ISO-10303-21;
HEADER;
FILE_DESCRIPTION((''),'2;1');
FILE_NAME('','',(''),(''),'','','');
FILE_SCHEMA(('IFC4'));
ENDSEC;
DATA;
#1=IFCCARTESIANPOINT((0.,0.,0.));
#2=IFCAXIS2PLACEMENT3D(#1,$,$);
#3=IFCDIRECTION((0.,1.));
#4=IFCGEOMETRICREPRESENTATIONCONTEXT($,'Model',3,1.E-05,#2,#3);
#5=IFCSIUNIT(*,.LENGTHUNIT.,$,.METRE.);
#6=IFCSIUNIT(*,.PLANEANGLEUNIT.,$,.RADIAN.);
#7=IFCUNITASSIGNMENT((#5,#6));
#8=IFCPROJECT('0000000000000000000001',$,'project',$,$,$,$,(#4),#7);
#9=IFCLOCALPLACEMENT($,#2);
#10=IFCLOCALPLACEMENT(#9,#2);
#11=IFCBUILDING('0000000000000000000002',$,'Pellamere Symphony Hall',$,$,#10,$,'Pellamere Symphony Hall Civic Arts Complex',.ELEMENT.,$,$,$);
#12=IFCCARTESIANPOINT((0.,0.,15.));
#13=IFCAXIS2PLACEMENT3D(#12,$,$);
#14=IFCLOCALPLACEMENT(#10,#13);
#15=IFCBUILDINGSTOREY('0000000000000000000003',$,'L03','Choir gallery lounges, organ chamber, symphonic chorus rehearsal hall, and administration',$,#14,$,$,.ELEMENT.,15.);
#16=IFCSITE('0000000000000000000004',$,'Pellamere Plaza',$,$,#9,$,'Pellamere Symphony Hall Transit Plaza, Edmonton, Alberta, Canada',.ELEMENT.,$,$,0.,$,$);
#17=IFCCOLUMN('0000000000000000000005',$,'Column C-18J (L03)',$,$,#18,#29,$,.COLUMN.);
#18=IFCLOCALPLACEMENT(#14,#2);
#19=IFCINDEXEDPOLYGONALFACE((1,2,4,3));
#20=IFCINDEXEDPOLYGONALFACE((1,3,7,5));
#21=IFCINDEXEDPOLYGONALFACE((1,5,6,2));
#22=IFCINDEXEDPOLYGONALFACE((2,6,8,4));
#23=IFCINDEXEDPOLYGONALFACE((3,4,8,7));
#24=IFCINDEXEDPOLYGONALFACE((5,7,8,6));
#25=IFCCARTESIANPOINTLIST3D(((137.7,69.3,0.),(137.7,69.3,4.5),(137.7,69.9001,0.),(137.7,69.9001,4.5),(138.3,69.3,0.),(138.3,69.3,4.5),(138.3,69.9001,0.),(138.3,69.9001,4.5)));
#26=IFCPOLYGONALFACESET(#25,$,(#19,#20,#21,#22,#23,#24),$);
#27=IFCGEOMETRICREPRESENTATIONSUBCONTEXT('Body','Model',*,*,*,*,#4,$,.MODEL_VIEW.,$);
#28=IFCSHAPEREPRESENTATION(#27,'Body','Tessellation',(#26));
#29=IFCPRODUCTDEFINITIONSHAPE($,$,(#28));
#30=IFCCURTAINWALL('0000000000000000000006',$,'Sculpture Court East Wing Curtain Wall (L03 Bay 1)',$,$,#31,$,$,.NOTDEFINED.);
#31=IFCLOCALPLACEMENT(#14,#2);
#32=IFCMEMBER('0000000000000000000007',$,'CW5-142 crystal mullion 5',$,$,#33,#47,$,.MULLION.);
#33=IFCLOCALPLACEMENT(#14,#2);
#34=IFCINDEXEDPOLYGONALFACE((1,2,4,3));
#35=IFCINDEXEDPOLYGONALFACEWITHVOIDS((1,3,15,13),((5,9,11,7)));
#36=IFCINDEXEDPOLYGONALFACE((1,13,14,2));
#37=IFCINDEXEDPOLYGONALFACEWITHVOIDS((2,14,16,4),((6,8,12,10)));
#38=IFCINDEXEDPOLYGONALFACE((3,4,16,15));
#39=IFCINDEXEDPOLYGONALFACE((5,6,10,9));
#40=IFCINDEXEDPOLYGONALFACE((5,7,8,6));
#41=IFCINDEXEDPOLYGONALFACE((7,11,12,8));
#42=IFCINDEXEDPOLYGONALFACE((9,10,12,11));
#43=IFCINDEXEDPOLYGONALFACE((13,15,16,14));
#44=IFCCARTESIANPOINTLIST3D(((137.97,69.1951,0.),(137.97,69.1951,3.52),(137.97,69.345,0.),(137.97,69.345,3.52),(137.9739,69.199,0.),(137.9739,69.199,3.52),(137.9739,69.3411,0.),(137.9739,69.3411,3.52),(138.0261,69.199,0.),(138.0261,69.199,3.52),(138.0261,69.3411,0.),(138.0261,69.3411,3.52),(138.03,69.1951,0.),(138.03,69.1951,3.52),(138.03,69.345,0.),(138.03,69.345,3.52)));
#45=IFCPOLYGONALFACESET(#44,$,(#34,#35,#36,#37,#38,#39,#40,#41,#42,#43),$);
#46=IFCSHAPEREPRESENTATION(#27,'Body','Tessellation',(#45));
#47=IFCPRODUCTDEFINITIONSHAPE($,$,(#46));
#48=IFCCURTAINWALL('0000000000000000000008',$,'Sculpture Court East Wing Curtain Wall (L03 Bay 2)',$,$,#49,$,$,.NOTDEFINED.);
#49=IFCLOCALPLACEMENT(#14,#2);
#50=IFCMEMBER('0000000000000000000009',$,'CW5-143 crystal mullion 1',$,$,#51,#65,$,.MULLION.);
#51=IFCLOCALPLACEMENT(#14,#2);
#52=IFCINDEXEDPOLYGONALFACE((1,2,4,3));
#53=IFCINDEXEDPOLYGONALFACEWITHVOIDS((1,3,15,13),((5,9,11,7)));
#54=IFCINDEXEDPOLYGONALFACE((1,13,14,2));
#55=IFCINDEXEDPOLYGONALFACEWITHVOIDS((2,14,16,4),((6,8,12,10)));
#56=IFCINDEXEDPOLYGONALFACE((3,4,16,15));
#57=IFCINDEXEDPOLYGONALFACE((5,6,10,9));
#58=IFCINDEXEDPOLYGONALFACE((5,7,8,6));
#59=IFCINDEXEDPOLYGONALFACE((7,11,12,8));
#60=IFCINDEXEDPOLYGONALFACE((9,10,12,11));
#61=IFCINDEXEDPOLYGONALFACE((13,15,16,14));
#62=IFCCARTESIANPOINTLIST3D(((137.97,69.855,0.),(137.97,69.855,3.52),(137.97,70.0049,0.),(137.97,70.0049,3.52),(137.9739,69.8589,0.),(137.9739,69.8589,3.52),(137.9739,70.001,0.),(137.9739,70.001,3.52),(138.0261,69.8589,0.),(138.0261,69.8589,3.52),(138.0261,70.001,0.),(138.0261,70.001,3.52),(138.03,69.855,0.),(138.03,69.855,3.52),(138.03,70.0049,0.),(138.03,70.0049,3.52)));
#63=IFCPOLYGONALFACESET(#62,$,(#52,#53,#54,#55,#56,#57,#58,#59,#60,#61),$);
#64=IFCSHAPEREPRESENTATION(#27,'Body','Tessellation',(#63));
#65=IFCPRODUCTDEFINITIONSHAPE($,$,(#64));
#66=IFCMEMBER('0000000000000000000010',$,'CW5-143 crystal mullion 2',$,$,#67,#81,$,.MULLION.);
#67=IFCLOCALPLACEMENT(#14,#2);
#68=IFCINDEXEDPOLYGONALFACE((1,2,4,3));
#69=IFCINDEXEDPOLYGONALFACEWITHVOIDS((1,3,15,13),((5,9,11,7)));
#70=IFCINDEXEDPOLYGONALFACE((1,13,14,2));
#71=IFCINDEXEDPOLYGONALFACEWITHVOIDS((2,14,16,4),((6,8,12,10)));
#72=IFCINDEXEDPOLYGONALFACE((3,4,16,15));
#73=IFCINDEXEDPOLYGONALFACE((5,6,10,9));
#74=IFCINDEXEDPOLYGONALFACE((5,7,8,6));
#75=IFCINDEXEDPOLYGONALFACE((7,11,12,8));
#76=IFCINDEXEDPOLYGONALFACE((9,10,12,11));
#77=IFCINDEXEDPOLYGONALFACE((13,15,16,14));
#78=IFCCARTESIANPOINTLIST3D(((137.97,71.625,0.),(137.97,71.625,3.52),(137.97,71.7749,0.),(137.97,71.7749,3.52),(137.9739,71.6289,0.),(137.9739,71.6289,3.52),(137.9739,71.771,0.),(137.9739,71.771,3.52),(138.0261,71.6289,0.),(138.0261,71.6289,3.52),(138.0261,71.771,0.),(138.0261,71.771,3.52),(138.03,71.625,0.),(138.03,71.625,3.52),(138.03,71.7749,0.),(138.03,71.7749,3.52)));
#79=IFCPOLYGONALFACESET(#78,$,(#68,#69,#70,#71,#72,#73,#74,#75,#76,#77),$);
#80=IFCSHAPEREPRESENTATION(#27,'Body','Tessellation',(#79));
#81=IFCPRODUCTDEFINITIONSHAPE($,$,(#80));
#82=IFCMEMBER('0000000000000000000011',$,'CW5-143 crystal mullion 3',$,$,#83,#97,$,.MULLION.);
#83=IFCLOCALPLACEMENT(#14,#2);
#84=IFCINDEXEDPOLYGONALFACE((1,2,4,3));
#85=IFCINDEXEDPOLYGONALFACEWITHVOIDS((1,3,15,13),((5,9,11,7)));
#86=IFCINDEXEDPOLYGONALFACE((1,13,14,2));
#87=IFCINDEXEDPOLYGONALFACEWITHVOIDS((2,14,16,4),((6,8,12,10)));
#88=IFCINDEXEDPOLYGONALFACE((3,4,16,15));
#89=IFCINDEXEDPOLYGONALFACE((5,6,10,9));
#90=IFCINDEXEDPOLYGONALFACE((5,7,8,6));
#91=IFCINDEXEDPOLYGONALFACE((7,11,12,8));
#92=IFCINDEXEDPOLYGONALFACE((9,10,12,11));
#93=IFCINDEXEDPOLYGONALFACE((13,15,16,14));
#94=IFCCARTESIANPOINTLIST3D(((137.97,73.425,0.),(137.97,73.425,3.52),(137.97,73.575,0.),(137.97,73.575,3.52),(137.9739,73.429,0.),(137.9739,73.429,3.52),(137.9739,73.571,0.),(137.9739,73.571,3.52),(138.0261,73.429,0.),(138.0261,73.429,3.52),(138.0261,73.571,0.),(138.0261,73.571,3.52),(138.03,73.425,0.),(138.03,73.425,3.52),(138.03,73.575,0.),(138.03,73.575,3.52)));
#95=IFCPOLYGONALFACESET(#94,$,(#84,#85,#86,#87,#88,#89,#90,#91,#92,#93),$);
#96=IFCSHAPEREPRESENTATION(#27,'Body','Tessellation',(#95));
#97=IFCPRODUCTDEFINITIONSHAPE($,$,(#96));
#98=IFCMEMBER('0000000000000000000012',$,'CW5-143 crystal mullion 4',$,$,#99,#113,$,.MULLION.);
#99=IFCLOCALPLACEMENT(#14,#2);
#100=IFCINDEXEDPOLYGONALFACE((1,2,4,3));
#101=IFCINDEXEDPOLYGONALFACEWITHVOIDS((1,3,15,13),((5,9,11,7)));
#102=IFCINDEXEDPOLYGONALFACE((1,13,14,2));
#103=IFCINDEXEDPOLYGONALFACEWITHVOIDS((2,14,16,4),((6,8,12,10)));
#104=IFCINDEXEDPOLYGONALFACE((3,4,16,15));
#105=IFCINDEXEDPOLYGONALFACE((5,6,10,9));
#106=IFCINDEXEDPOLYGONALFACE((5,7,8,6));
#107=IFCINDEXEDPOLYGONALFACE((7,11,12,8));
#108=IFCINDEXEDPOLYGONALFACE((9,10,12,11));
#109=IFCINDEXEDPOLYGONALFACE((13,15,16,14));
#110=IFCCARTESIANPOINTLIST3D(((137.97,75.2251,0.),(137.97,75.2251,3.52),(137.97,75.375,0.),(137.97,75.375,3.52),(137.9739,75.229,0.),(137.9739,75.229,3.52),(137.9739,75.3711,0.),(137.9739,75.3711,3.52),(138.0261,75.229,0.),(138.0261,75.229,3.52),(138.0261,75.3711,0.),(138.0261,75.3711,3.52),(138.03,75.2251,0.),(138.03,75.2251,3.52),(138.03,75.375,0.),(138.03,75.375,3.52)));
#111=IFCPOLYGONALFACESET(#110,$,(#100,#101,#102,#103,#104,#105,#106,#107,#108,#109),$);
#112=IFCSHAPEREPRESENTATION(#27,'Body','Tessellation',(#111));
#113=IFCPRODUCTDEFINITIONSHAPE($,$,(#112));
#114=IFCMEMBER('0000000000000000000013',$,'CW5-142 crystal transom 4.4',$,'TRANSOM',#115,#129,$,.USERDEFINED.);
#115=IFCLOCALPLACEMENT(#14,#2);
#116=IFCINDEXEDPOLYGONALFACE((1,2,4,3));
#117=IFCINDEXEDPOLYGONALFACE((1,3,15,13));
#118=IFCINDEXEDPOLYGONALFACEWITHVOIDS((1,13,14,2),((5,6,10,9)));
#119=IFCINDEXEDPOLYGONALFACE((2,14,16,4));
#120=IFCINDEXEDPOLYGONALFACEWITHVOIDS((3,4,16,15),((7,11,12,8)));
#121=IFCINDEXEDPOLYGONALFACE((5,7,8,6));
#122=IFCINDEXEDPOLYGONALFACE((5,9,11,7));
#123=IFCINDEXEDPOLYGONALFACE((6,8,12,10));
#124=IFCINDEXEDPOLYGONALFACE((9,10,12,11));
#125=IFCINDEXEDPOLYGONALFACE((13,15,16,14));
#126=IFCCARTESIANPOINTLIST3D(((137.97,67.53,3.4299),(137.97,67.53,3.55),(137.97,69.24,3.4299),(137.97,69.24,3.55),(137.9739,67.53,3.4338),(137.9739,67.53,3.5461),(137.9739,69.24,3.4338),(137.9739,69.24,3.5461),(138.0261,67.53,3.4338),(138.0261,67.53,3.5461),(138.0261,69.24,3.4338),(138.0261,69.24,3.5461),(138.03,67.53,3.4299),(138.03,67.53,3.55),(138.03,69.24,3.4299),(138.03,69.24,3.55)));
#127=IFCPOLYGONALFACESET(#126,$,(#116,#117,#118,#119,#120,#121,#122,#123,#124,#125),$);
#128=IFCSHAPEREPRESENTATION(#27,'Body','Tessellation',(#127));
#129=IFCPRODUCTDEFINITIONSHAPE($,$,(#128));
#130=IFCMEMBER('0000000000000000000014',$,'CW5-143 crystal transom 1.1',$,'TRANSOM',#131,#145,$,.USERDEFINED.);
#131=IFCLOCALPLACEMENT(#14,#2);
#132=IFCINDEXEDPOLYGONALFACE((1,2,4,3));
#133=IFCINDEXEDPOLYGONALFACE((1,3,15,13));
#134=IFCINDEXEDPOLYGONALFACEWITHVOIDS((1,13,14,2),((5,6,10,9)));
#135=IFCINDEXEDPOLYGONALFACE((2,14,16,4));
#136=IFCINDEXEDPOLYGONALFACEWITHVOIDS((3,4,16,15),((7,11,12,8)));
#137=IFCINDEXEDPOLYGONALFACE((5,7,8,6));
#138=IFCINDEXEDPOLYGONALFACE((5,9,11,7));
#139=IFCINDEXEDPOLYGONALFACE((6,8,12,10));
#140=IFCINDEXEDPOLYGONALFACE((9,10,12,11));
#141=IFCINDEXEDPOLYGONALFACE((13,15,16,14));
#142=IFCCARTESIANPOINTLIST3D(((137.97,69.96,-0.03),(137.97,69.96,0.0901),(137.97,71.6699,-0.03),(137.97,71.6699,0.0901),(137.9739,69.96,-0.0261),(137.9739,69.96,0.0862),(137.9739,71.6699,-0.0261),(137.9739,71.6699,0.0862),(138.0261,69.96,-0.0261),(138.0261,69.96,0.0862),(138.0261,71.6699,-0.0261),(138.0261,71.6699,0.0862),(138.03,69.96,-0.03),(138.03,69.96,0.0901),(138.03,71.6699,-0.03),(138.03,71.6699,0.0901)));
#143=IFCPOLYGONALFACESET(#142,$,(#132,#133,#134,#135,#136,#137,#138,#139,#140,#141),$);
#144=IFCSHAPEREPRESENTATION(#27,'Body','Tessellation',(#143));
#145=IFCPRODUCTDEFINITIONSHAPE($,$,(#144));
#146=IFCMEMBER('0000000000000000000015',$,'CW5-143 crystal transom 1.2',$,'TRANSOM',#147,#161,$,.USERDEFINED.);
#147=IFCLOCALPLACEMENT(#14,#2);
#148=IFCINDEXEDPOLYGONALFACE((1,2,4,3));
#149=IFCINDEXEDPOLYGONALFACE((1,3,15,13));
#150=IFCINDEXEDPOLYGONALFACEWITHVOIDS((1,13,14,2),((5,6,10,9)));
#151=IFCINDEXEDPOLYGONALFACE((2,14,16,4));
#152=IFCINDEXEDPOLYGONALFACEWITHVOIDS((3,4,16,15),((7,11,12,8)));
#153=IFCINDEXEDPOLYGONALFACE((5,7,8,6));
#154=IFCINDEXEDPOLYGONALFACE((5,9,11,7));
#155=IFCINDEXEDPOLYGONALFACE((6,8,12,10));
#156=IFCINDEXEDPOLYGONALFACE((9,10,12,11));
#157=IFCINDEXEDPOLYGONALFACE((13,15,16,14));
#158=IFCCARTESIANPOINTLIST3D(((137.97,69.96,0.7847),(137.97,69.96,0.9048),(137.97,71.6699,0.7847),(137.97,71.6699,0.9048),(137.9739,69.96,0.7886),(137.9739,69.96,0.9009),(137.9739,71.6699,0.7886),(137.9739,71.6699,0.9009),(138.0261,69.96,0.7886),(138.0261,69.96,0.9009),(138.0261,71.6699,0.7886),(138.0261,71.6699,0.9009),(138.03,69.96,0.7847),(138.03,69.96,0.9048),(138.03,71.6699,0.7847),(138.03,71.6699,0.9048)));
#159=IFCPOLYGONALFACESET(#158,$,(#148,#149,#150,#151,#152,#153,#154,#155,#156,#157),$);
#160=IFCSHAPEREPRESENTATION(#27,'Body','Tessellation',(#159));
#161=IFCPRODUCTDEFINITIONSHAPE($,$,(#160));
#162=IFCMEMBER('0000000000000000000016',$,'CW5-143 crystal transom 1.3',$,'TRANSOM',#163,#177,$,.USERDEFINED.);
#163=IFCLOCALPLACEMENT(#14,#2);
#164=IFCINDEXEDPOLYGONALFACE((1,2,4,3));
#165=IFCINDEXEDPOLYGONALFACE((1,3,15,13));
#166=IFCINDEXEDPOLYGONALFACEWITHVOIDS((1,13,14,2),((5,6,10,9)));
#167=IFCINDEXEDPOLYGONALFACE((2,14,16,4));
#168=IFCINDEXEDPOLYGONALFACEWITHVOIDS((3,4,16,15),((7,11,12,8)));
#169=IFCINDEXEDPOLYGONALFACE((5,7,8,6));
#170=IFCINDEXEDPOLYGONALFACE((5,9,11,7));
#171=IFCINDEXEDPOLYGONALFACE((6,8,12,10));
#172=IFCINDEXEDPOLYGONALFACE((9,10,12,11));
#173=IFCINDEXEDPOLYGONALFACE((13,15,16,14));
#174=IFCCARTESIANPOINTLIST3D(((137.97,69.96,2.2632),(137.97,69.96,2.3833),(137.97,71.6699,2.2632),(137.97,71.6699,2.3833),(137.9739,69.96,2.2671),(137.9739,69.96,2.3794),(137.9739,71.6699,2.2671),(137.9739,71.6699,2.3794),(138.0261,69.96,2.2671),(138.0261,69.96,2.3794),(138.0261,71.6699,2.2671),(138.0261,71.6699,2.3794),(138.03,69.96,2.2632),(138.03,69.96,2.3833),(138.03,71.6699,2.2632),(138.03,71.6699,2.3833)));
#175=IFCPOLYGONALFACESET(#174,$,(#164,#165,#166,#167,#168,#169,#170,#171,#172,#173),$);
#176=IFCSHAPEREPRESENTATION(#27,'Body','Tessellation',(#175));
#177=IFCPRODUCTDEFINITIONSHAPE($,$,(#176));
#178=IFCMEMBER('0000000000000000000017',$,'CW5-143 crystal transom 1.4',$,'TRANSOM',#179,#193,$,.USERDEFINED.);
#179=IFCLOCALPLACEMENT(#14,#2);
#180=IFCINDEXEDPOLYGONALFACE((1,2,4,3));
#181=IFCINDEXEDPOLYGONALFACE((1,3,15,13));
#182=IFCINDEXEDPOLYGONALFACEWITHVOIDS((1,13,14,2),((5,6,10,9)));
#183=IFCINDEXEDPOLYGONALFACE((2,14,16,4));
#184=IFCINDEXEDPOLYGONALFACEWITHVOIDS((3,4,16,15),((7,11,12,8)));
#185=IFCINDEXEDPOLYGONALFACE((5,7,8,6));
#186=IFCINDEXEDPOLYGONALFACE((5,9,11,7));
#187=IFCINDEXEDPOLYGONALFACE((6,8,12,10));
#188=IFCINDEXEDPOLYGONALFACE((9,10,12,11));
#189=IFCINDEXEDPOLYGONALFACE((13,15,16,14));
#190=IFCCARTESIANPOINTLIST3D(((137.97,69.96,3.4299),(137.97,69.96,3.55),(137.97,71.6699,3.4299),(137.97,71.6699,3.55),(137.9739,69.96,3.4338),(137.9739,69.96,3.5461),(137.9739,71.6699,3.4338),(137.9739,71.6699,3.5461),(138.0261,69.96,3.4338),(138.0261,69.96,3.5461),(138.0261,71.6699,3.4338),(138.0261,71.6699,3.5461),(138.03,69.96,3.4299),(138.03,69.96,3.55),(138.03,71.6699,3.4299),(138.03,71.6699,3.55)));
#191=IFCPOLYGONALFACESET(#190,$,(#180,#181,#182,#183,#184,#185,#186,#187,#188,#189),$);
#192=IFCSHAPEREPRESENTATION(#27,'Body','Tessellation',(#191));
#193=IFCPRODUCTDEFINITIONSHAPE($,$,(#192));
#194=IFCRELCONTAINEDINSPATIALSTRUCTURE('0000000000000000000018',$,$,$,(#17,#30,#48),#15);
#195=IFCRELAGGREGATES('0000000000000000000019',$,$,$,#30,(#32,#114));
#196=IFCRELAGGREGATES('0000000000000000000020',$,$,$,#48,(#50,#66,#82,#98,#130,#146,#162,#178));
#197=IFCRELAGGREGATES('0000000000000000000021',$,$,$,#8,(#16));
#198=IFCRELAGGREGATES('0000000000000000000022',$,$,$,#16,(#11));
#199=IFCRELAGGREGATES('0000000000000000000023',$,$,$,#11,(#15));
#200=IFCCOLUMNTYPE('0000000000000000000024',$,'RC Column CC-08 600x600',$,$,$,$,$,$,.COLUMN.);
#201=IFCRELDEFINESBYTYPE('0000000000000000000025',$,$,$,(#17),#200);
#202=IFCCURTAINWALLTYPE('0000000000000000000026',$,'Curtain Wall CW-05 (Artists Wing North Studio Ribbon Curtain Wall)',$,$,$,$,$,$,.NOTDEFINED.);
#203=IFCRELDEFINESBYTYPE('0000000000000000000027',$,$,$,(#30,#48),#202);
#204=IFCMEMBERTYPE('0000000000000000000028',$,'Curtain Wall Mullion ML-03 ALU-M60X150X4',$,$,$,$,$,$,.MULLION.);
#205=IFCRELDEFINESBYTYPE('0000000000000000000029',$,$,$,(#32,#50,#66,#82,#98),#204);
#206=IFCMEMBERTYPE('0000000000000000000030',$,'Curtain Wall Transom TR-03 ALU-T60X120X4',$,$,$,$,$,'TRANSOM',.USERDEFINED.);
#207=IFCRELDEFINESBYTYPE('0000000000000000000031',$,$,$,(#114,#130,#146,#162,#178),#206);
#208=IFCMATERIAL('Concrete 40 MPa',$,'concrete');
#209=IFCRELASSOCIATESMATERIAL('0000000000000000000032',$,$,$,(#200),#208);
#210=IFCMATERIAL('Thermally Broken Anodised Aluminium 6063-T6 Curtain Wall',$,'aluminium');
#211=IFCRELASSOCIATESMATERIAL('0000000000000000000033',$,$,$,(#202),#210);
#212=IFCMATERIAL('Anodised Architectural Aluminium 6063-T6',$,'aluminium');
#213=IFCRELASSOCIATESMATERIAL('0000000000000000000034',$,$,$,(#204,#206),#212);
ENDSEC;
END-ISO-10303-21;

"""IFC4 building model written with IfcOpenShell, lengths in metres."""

from ifc_helpers import new_model, si_unit, direction, frame, origin, origin_2d, place, context, subcontext, project, spatial, rectangle, hollow_rectangle, extrude, material, material_profile, profile_set, type_object, element, aggregate, save


model = new_model("IFC4")

# Units and contexts
model_context = context("Model", 3, precision=1e-05, world=origin(), true_north=direction((0.0, 1.0)))
body_context = subcontext(model_context, "Body", "Model", "MODEL_VIEW")
ifc_project = project(units=[si_unit("LENGTHUNIT", "METRE"), si_unit("PLANEANGLEUNIT", "RADIAN")], contexts=[model_context])

# Site, building, storey
site_placement = place(None, origin())
site = spatial("IfcSite", under=ifc_project, at=site_placement, Name="Pellamere Plaza", LongName="Pellamere Symphony Hall Transit Plaza, Edmonton, Alberta, Canada", CompositionType="ELEMENT", RefElevation=0.0)
building_placement = place(site_placement, origin())
building = spatial("IfcBuilding", under=site, at=building_placement, Name="Pellamere Symphony Hall", LongName="Pellamere Symphony Hall Civic Arts Complex", CompositionType="ELEMENT")
storey_placement = place(building_placement, frame((0.0, 0.0, 15.0)))
storey = spatial("IfcBuildingStorey", under=building, at=storey_placement, Name="L03", Description="Choir gallery lounges, organ chamber, symphonic chorus rehearsal hall, and administration", CompositionType="ELEMENT", Elevation=15.0)

# Column
ifc_material_1 = material(Name="Concrete 40 MPa", Category="concrete")
ifc_material_profile_1 = material_profile(ifc_material_1, rectangle(XDim=0.6001, YDim=0.6001, at=origin_2d()), Name="RC 600x600")
ifc_profile_set_1 = profile_set([ifc_material_profile_1], Name="Concrete 40 MPa")
column_type = type_object("IfcColumnType", Name="RC Column CC-08 600x600", PredefinedType="COLUMN", material=ifc_profile_set_1)
column_placement = place(storey_placement, frame((138.0, 69.6001, 0.0), z_axis=(0.0, 0.0, 1.0), x_axis=(1.0, 0.0, 0.0)))
element("IfcColumn", 1, at=column_placement, inside=storey, type_object=column_type, Name="Column C-18J (L03)", PredefinedType="COLUMN", context=body_context, shape_type="SweptSolid", body=[
    extrude(rectangle(XDim=0.6001, YDim=0.6001, at=origin_2d()), origin(), (0.0, 0.0, 1.0), 4.5),
])

# Curtain wall, member
ifc_material_2 = material(Name="Thermally Broken Anodised Aluminium 6063-T6 Curtain Wall", Category="aluminium")
curtain_wall_type = type_object("IfcCurtainWallType", Name="Curtain Wall CW-05 (Artists Wing North Studio Ribbon Curtain Wall)", PredefinedType="NOTDEFINED", material=ifc_material_2)
curtain_wall_1_placement = place(storey_placement, origin())
curtain_wall_1 = element("IfcCurtainWall", 2, at=curtain_wall_1_placement, inside=storey, type_object=curtain_wall_type, Name="Sculpture Court East Wing Curtain Wall (L03 Bay 1)", PredefinedType="NOTDEFINED")
ifc_material_3 = material(Name="Anodised Architectural Aluminium 6063-T6", Category="aluminium")
ifc_material_profile_2 = material_profile(ifc_material_3, hollow_rectangle(XDim=0.0601, YDim=0.1499, WallThickness=0.0039, at=origin_2d()), Name="ALU-M60X150X4")
ifc_profile_set_2 = profile_set([ifc_material_profile_2], Name="Anodised Architectural Aluminium 6063-T6")
member_type_1 = type_object("IfcMemberType", Name="Curtain Wall Mullion ML-03 ALU-M60X150X4", PredefinedType="MULLION", material=ifc_profile_set_2)
member_1_placement = place(storey_placement, frame((138.0, 69.27, 0.0), z_axis=(0.0, 0.0, 1.0), x_axis=(-1.0, 0.0, 0.0)))
member_1 = element("IfcMember", 3, at=member_1_placement, type_object=member_type_1, Name="CW5-142 crystal mullion 5", PredefinedType="MULLION", context=body_context, shape_type="SweptSolid", body=[
    extrude(hollow_rectangle(XDim=0.0601, YDim=0.1499, WallThickness=0.0039, at=origin_2d()), origin(), (0.0, 0.0, 1.0), 3.52),
])

# Curtain wall, members
curtain_wall_2_placement = place(storey_placement, origin())
curtain_wall_2 = element("IfcCurtainWall", 4, at=curtain_wall_2_placement, inside=storey, type_object=curtain_wall_type, Name="Sculpture Court East Wing Curtain Wall (L03 Bay 2)", PredefinedType="NOTDEFINED")
member_2_placement = place(storey_placement, frame((138.0, 69.9299, 0.0), z_axis=(0.0, 0.0, 1.0), x_axis=(-1.0, 0.0, 0.0)))
member_2 = element("IfcMember", 5, at=member_2_placement, type_object=member_type_1, Name="CW5-143 crystal mullion 1", PredefinedType="MULLION", context=body_context, shape_type="SweptSolid", body=[
    extrude(hollow_rectangle(XDim=0.0601, YDim=0.1499, WallThickness=0.0039, at=origin_2d()), origin(), (0.0, 0.0, 1.0), 3.52),
])
member_3_placement = place(storey_placement, frame((138.0, 71.7, 0.0), z_axis=(0.0, 0.0, 1.0), x_axis=(-1.0, 0.0, 0.0)))
member_3 = element("IfcMember", 6, at=member_3_placement, type_object=member_type_1, Name="CW5-143 crystal mullion 2", PredefinedType="MULLION", context=body_context, shape_type="SweptSolid", body=[
    extrude(hollow_rectangle(XDim=0.0601, YDim=0.1499, WallThickness=0.0039, at=origin_2d()), origin(), (0.0, 0.0, 1.0), 3.52),
])
member_4_placement = place(storey_placement, frame((138.0, 73.5, 0.0), z_axis=(0.0, 0.0, 1.0), x_axis=(-1.0, 0.0, 0.0)))
member_4 = element("IfcMember", 7, at=member_4_placement, type_object=member_type_1, Name="CW5-143 crystal mullion 3", PredefinedType="MULLION", context=body_context, shape_type="SweptSolid", body=[
    extrude(hollow_rectangle(XDim=0.0601, YDim=0.1499, WallThickness=0.0039, at=origin_2d()), origin(), (0.0, 0.0, 1.0), 3.52),
])
member_5_placement = place(storey_placement, frame((138.0, 75.3, 0.0), z_axis=(0.0, 0.0, 1.0), x_axis=(-1.0, 0.0, 0.0)))
member_5 = element("IfcMember", 8, at=member_5_placement, type_object=member_type_1, Name="CW5-143 crystal mullion 4", PredefinedType="MULLION", context=body_context, shape_type="SweptSolid", body=[
    extrude(hollow_rectangle(XDim=0.0601, YDim=0.1499, WallThickness=0.0039, at=origin_2d()), origin(), (0.0, 0.0, 1.0), 3.52),
])

# Members
ifc_material_profile_3 = material_profile(ifc_material_3, hollow_rectangle(XDim=0.0601, YDim=0.1201, WallThickness=0.0039, at=origin_2d()), Name="ALU-T60X120X4")
ifc_profile_set_3 = profile_set([ifc_material_profile_3], Name="Anodised Architectural Aluminium 6063-T6")
member_type_2 = type_object("IfcMemberType", Name="Curtain Wall Transom TR-03 ALU-T60X120X4", ElementType="TRANSOM", PredefinedType="USERDEFINED", material=ifc_profile_set_3)
member_6_placement = place(storey_placement, frame((138.0, 67.53, 3.49), z_axis=(0.0, 1.0, 0.0), x_axis=(-1.0, 0.0, 0.0)))
member_6 = element("IfcMember", 9, at=member_6_placement, type_object=member_type_2, Name="CW5-142 crystal transom 4.4", ObjectType="TRANSOM", PredefinedType="USERDEFINED", context=body_context, shape_type="SweptSolid", body=[
    extrude(hollow_rectangle(XDim=0.0601, YDim=0.1201, WallThickness=0.0039, at=origin_2d()), origin(), (0.0, 0.0, 1.0), 1.71),
])
member_7_placement = place(storey_placement, frame((138.0, 69.96, 0.03), z_axis=(0.0, 1.0, 0.0), x_axis=(-1.0, 0.0, 0.0)))
member_7 = element("IfcMember", 10, at=member_7_placement, type_object=member_type_2, Name="CW5-143 crystal transom 1.1", ObjectType="TRANSOM", PredefinedType="USERDEFINED", context=body_context, shape_type="SweptSolid", body=[
    extrude(hollow_rectangle(XDim=0.0601, YDim=0.1201, WallThickness=0.0039, at=origin_2d()), origin(), (0.0, 0.0, 1.0), 1.71),
])
member_8_placement = place(storey_placement, frame((138.0, 69.96, 0.8447), z_axis=(0.0, 1.0, 0.0), x_axis=(-1.0, 0.0, 0.0)))
member_8 = element("IfcMember", 11, at=member_8_placement, type_object=member_type_2, Name="CW5-143 crystal transom 1.2", ObjectType="TRANSOM", PredefinedType="USERDEFINED", context=body_context, shape_type="SweptSolid", body=[
    extrude(hollow_rectangle(XDim=0.0601, YDim=0.1201, WallThickness=0.0039, at=origin_2d()), origin(), (0.0, 0.0, 1.0), 1.71),
])
member_9_placement = place(storey_placement, frame((138.0, 69.96, 2.3232), z_axis=(0.0, 1.0, 0.0), x_axis=(-1.0, 0.0, 0.0)))
member_9 = element("IfcMember", 12, at=member_9_placement, type_object=member_type_2, Name="CW5-143 crystal transom 1.3", ObjectType="TRANSOM", PredefinedType="USERDEFINED", context=body_context, shape_type="SweptSolid", body=[
    extrude(hollow_rectangle(XDim=0.0601, YDim=0.1201, WallThickness=0.0039, at=origin_2d()), origin(), (0.0, 0.0, 1.0), 1.71),
])
member_10_placement = place(storey_placement, frame((138.0, 69.96, 3.49), z_axis=(0.0, 1.0, 0.0), x_axis=(-1.0, 0.0, 0.0)))
member_10 = element("IfcMember", 13, at=member_10_placement, type_object=member_type_2, Name="CW5-143 crystal transom 1.4", ObjectType="TRANSOM", PredefinedType="USERDEFINED", context=body_context, shape_type="SweptSolid", body=[
    extrude(hollow_rectangle(XDim=0.0601, YDim=0.1201, WallThickness=0.0039, at=origin_2d()), origin(), (0.0, 0.0, 1.0), 1.71),
])

aggregate(curtain_wall_1, [member_1, member_6])
aggregate(curtain_wall_2, [member_2, member_3, member_4, member_5, member_7, member_8, member_9, member_10])

save(model, "model.ifc")
